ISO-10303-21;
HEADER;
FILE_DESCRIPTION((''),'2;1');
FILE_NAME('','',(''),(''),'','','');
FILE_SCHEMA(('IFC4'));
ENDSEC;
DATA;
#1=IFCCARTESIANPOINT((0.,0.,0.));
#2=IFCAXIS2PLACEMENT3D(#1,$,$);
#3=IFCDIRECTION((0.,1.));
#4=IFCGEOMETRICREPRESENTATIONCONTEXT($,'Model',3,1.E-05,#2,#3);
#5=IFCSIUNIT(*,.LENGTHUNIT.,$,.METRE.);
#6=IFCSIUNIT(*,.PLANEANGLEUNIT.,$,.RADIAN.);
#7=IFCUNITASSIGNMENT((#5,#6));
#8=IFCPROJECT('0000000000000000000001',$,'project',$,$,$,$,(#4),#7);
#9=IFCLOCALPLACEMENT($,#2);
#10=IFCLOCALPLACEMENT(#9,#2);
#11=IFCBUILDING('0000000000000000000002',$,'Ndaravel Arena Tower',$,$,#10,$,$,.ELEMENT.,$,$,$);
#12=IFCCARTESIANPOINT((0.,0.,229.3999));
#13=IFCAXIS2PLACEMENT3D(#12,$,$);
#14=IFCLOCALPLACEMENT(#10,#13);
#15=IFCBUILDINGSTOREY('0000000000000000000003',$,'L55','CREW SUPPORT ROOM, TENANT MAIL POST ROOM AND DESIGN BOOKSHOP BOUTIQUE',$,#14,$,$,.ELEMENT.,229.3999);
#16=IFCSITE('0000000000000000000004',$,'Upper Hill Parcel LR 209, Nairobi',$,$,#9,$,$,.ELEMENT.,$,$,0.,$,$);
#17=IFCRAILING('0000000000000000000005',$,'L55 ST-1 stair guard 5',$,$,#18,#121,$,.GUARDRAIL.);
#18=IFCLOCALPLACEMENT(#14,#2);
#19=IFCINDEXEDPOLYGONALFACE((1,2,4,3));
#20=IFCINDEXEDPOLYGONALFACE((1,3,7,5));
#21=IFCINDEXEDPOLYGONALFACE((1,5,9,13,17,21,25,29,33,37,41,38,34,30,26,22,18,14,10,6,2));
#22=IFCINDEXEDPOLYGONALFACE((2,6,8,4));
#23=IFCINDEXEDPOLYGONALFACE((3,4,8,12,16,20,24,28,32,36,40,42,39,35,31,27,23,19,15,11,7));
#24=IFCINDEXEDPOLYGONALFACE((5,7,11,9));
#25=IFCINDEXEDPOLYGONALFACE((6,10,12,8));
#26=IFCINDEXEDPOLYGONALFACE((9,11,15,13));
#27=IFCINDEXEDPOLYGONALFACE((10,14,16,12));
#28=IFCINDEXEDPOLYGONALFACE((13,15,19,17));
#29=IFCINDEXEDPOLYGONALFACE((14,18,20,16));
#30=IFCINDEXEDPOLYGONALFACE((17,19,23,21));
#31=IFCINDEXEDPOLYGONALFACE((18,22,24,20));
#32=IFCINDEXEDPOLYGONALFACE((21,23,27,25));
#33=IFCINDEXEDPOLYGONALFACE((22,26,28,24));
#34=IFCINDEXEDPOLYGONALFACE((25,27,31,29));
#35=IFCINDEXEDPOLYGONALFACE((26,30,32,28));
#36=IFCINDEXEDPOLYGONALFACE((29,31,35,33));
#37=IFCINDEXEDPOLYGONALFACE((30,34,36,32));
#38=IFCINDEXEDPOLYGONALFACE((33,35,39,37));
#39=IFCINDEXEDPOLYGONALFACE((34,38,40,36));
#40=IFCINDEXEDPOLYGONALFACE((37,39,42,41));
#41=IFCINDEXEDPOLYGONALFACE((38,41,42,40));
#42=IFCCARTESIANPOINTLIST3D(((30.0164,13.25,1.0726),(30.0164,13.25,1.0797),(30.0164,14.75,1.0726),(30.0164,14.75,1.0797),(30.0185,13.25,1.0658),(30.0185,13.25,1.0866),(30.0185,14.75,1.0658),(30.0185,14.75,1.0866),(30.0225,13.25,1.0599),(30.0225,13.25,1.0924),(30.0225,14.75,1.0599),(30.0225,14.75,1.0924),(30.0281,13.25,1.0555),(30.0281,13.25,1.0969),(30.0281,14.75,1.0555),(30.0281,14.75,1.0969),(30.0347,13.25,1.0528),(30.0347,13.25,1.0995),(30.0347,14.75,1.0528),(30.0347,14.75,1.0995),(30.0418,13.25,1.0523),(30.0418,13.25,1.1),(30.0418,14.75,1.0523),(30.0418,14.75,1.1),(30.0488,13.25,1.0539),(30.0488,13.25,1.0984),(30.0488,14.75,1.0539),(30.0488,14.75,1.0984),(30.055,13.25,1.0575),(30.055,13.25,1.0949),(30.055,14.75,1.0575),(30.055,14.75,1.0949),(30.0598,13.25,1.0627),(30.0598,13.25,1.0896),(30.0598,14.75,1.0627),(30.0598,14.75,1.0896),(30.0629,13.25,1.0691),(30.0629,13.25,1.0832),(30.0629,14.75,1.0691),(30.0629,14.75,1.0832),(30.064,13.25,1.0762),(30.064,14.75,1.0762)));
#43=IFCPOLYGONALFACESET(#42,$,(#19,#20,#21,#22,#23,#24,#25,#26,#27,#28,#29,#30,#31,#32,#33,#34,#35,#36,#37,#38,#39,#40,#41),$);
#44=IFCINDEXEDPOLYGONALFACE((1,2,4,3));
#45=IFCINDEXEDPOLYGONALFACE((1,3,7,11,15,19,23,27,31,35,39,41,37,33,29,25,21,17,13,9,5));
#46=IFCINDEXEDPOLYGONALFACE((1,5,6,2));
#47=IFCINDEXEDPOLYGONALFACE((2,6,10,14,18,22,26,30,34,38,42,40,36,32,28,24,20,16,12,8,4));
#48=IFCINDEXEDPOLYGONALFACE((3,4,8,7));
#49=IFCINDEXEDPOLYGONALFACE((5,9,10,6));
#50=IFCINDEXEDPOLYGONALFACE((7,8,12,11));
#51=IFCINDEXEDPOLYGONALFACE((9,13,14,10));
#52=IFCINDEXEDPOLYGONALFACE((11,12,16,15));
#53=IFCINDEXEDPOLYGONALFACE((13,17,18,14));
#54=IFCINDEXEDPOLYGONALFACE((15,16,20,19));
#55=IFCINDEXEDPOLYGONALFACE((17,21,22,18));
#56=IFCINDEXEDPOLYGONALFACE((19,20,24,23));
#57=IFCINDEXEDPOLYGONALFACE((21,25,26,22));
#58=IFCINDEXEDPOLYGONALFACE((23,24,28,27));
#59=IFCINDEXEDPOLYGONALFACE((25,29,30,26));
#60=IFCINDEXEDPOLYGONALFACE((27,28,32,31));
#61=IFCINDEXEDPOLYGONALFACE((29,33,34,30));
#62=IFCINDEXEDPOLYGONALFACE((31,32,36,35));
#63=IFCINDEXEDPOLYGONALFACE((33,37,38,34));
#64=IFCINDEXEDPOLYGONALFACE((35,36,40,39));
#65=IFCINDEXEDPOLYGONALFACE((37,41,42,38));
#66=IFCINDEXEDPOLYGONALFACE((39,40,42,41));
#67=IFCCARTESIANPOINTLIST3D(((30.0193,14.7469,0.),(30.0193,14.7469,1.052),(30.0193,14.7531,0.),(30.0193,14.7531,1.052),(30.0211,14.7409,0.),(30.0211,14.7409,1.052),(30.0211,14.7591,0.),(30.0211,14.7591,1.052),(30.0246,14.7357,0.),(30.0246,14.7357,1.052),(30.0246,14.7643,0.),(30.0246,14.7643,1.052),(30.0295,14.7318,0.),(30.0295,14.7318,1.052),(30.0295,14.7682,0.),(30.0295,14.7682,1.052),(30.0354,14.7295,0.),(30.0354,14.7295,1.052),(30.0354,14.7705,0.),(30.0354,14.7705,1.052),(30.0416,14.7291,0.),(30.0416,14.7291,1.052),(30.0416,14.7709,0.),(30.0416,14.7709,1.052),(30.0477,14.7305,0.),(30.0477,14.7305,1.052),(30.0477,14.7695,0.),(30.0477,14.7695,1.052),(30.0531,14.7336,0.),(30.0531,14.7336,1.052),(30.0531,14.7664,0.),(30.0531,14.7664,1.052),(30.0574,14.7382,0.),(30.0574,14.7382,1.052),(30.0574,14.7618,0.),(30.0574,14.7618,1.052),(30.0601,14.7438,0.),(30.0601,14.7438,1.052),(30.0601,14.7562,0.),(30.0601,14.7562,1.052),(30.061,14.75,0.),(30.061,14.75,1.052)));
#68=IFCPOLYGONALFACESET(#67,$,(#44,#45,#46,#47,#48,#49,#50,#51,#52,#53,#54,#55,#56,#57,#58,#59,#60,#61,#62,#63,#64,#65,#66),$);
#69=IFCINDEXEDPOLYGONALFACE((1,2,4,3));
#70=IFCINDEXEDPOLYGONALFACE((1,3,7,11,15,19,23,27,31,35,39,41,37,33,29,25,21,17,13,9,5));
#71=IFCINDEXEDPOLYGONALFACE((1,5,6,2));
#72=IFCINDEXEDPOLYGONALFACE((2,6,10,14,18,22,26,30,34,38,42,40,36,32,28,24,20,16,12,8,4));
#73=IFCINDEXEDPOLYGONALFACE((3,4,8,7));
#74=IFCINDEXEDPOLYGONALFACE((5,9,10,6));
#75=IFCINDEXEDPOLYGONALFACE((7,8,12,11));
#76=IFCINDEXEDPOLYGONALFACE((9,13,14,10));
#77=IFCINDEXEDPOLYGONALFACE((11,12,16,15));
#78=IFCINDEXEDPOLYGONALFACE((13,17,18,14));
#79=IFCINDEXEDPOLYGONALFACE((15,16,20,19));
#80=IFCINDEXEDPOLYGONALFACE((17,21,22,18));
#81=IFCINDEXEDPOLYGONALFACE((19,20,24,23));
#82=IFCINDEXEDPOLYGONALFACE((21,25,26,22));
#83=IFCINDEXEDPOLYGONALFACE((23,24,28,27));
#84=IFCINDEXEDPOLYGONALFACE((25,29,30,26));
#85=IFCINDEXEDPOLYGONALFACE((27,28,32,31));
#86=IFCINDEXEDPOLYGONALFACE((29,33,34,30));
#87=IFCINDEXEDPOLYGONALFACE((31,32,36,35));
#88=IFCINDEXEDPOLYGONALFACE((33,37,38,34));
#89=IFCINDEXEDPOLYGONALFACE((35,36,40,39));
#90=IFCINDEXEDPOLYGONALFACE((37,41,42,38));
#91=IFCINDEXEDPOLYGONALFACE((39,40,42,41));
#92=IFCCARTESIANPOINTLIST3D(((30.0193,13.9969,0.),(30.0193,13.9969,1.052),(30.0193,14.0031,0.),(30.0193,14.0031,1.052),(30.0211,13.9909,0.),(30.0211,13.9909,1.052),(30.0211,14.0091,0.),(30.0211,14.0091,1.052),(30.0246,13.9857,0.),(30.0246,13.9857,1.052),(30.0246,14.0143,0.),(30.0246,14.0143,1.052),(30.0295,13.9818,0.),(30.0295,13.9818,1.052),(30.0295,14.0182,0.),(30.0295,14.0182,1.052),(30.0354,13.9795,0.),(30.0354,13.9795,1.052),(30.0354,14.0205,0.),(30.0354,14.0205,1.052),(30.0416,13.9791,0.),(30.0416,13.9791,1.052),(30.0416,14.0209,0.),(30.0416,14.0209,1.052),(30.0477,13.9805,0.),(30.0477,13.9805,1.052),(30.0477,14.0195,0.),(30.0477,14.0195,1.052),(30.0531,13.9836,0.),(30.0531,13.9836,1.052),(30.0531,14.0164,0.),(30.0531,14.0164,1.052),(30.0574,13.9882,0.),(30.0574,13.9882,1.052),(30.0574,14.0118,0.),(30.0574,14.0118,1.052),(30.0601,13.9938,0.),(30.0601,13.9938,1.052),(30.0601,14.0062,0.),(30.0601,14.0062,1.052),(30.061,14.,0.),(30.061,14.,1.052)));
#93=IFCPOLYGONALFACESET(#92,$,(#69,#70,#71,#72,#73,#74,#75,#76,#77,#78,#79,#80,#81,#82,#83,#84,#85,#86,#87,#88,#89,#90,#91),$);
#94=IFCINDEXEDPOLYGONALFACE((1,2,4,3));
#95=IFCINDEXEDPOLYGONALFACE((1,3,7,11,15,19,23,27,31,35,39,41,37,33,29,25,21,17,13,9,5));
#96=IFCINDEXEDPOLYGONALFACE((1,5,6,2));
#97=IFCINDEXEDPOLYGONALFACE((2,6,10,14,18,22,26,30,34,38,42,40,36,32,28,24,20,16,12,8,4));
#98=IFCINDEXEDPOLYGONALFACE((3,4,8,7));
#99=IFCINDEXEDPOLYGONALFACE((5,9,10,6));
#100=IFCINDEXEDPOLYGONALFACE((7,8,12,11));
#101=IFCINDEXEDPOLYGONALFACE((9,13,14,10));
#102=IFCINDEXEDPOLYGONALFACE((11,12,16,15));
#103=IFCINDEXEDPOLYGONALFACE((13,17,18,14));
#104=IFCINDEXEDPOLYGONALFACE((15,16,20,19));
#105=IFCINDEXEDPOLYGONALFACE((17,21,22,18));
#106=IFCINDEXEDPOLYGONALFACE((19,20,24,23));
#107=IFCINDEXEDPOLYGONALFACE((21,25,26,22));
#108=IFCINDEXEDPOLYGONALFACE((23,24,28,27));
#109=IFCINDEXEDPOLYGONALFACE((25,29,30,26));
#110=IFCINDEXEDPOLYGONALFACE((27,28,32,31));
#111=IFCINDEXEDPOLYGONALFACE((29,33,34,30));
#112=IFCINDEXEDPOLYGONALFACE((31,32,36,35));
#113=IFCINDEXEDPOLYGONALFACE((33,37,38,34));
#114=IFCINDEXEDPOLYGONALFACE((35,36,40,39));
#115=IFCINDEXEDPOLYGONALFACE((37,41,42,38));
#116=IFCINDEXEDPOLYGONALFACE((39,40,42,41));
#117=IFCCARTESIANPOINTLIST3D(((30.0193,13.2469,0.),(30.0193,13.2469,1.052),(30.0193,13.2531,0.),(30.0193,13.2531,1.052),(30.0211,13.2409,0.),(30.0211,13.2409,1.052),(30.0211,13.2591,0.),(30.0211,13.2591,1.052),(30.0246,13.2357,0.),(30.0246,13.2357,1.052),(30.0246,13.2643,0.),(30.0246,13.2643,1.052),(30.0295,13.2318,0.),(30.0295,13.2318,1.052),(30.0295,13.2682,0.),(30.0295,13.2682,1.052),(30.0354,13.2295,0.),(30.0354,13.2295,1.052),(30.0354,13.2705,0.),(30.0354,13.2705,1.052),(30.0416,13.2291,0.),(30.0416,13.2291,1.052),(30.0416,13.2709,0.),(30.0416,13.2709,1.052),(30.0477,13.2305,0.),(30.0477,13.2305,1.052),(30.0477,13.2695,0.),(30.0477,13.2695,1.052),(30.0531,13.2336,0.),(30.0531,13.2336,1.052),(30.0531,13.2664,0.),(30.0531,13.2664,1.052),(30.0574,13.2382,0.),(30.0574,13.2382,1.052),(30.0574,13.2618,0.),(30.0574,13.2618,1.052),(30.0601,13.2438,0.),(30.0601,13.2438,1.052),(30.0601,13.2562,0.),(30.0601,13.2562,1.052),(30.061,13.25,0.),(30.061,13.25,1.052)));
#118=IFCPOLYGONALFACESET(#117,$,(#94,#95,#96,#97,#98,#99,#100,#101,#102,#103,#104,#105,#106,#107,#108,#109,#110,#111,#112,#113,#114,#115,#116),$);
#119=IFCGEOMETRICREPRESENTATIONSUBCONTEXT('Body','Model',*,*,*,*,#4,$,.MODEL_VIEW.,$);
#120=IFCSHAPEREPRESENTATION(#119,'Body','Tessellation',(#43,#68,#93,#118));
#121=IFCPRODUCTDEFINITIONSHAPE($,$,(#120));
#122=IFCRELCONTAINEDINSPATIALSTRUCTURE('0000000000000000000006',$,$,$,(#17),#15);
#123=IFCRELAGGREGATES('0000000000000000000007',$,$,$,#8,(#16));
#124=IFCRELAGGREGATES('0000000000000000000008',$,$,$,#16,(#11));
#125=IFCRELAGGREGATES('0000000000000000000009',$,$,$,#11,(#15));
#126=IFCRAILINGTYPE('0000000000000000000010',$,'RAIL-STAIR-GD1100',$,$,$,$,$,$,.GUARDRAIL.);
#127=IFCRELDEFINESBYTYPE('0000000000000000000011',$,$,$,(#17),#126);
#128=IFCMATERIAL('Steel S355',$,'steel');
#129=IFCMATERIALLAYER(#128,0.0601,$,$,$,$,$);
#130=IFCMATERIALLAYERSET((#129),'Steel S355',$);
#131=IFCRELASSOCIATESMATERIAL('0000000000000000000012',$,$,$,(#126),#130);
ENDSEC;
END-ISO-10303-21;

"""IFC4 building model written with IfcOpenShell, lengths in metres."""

from ifc_helpers import new_model, si_unit, direction, frame, origin, origin_2d, place, context, subcontext, project, spatial, circle, extrude, material, layer, layer_set, type_object, element, save


model = new_model("IFC4")

# Units and contexts
model_context = context("Model", 3, precision=1e-05, world=origin(), true_north=direction((0.0, 1.0)))
body_context = subcontext(model_context, "Body", "Model", "MODEL_VIEW")
ifc_project = project(units=[si_unit("LENGTHUNIT", "METRE"), si_unit("PLANEANGLEUNIT", "RADIAN")], contexts=[model_context])

# Site, building, storey
site_placement = place(None, origin())
site = spatial("IfcSite", under=ifc_project, at=site_placement, Name="Upper Hill Parcel LR 209, Nairobi", CompositionType="ELEMENT", RefElevation=0.0)
building_placement = place(site_placement, origin())
building = spatial("IfcBuilding", under=site, at=building_placement, Name="Ndaravel Arena Tower", CompositionType="ELEMENT")
storey_placement = place(building_placement, frame((0.0, 0.0, 229.3999)))
storey = spatial("IfcBuildingStorey", under=building, at=storey_placement, Name="L55", Description="CREW SUPPORT ROOM, TENANT MAIL POST ROOM AND DESIGN BOOKSHOP BOUTIQUE", CompositionType="ELEMENT", Elevation=229.3999)

# Railing
ifc_material_1 = material(Name="Steel S355", Category="steel")
ifc_layer_1 = layer(ifc_material_1, 0.0601)
ifc_layer_set_1 = layer_set([ifc_layer_1], Name="Steel S355")
railing_type = type_object("IfcRailingType", Name="RAIL-STAIR-GD1100", PredefinedType="GUARDRAIL", material=ifc_layer_set_1)
railing_1_placement = place(storey_placement, frame((30.04, 14.75, 0.0)))
element("IfcRailing", 1, at=railing_1_placement, inside=storey, type_object=railing_type, Name="L55 ST-1 stair guard 5", PredefinedType="GUARDRAIL", context=body_context, shape_type="SweptSolid", body=[
    extrude(circle(Radius=0.0239, at=origin_2d()), frame((0.0, 0.0, 1.0762), z_axis=(0.0, -1.0, 0.0), x_axis=(1.0, 0.0, 0.0)), (0.0, 0.0, 1.0), 1.5),
    extrude(circle(Radius=0.021, at=origin_2d()), origin(), (0.0, 0.0, 1.0), 1.052),
    extrude(circle(Radius=0.021, at=origin_2d()), frame((0.0, -0.75, 0.0)), (0.0, 0.0, 1.0), 1.052),
    extrude(circle(Radius=0.021, at=origin_2d()), frame((0.0, -1.5, 0.0)), (0.0, 0.0, 1.0), 1.052),
])

save(model, "model.ifc")
